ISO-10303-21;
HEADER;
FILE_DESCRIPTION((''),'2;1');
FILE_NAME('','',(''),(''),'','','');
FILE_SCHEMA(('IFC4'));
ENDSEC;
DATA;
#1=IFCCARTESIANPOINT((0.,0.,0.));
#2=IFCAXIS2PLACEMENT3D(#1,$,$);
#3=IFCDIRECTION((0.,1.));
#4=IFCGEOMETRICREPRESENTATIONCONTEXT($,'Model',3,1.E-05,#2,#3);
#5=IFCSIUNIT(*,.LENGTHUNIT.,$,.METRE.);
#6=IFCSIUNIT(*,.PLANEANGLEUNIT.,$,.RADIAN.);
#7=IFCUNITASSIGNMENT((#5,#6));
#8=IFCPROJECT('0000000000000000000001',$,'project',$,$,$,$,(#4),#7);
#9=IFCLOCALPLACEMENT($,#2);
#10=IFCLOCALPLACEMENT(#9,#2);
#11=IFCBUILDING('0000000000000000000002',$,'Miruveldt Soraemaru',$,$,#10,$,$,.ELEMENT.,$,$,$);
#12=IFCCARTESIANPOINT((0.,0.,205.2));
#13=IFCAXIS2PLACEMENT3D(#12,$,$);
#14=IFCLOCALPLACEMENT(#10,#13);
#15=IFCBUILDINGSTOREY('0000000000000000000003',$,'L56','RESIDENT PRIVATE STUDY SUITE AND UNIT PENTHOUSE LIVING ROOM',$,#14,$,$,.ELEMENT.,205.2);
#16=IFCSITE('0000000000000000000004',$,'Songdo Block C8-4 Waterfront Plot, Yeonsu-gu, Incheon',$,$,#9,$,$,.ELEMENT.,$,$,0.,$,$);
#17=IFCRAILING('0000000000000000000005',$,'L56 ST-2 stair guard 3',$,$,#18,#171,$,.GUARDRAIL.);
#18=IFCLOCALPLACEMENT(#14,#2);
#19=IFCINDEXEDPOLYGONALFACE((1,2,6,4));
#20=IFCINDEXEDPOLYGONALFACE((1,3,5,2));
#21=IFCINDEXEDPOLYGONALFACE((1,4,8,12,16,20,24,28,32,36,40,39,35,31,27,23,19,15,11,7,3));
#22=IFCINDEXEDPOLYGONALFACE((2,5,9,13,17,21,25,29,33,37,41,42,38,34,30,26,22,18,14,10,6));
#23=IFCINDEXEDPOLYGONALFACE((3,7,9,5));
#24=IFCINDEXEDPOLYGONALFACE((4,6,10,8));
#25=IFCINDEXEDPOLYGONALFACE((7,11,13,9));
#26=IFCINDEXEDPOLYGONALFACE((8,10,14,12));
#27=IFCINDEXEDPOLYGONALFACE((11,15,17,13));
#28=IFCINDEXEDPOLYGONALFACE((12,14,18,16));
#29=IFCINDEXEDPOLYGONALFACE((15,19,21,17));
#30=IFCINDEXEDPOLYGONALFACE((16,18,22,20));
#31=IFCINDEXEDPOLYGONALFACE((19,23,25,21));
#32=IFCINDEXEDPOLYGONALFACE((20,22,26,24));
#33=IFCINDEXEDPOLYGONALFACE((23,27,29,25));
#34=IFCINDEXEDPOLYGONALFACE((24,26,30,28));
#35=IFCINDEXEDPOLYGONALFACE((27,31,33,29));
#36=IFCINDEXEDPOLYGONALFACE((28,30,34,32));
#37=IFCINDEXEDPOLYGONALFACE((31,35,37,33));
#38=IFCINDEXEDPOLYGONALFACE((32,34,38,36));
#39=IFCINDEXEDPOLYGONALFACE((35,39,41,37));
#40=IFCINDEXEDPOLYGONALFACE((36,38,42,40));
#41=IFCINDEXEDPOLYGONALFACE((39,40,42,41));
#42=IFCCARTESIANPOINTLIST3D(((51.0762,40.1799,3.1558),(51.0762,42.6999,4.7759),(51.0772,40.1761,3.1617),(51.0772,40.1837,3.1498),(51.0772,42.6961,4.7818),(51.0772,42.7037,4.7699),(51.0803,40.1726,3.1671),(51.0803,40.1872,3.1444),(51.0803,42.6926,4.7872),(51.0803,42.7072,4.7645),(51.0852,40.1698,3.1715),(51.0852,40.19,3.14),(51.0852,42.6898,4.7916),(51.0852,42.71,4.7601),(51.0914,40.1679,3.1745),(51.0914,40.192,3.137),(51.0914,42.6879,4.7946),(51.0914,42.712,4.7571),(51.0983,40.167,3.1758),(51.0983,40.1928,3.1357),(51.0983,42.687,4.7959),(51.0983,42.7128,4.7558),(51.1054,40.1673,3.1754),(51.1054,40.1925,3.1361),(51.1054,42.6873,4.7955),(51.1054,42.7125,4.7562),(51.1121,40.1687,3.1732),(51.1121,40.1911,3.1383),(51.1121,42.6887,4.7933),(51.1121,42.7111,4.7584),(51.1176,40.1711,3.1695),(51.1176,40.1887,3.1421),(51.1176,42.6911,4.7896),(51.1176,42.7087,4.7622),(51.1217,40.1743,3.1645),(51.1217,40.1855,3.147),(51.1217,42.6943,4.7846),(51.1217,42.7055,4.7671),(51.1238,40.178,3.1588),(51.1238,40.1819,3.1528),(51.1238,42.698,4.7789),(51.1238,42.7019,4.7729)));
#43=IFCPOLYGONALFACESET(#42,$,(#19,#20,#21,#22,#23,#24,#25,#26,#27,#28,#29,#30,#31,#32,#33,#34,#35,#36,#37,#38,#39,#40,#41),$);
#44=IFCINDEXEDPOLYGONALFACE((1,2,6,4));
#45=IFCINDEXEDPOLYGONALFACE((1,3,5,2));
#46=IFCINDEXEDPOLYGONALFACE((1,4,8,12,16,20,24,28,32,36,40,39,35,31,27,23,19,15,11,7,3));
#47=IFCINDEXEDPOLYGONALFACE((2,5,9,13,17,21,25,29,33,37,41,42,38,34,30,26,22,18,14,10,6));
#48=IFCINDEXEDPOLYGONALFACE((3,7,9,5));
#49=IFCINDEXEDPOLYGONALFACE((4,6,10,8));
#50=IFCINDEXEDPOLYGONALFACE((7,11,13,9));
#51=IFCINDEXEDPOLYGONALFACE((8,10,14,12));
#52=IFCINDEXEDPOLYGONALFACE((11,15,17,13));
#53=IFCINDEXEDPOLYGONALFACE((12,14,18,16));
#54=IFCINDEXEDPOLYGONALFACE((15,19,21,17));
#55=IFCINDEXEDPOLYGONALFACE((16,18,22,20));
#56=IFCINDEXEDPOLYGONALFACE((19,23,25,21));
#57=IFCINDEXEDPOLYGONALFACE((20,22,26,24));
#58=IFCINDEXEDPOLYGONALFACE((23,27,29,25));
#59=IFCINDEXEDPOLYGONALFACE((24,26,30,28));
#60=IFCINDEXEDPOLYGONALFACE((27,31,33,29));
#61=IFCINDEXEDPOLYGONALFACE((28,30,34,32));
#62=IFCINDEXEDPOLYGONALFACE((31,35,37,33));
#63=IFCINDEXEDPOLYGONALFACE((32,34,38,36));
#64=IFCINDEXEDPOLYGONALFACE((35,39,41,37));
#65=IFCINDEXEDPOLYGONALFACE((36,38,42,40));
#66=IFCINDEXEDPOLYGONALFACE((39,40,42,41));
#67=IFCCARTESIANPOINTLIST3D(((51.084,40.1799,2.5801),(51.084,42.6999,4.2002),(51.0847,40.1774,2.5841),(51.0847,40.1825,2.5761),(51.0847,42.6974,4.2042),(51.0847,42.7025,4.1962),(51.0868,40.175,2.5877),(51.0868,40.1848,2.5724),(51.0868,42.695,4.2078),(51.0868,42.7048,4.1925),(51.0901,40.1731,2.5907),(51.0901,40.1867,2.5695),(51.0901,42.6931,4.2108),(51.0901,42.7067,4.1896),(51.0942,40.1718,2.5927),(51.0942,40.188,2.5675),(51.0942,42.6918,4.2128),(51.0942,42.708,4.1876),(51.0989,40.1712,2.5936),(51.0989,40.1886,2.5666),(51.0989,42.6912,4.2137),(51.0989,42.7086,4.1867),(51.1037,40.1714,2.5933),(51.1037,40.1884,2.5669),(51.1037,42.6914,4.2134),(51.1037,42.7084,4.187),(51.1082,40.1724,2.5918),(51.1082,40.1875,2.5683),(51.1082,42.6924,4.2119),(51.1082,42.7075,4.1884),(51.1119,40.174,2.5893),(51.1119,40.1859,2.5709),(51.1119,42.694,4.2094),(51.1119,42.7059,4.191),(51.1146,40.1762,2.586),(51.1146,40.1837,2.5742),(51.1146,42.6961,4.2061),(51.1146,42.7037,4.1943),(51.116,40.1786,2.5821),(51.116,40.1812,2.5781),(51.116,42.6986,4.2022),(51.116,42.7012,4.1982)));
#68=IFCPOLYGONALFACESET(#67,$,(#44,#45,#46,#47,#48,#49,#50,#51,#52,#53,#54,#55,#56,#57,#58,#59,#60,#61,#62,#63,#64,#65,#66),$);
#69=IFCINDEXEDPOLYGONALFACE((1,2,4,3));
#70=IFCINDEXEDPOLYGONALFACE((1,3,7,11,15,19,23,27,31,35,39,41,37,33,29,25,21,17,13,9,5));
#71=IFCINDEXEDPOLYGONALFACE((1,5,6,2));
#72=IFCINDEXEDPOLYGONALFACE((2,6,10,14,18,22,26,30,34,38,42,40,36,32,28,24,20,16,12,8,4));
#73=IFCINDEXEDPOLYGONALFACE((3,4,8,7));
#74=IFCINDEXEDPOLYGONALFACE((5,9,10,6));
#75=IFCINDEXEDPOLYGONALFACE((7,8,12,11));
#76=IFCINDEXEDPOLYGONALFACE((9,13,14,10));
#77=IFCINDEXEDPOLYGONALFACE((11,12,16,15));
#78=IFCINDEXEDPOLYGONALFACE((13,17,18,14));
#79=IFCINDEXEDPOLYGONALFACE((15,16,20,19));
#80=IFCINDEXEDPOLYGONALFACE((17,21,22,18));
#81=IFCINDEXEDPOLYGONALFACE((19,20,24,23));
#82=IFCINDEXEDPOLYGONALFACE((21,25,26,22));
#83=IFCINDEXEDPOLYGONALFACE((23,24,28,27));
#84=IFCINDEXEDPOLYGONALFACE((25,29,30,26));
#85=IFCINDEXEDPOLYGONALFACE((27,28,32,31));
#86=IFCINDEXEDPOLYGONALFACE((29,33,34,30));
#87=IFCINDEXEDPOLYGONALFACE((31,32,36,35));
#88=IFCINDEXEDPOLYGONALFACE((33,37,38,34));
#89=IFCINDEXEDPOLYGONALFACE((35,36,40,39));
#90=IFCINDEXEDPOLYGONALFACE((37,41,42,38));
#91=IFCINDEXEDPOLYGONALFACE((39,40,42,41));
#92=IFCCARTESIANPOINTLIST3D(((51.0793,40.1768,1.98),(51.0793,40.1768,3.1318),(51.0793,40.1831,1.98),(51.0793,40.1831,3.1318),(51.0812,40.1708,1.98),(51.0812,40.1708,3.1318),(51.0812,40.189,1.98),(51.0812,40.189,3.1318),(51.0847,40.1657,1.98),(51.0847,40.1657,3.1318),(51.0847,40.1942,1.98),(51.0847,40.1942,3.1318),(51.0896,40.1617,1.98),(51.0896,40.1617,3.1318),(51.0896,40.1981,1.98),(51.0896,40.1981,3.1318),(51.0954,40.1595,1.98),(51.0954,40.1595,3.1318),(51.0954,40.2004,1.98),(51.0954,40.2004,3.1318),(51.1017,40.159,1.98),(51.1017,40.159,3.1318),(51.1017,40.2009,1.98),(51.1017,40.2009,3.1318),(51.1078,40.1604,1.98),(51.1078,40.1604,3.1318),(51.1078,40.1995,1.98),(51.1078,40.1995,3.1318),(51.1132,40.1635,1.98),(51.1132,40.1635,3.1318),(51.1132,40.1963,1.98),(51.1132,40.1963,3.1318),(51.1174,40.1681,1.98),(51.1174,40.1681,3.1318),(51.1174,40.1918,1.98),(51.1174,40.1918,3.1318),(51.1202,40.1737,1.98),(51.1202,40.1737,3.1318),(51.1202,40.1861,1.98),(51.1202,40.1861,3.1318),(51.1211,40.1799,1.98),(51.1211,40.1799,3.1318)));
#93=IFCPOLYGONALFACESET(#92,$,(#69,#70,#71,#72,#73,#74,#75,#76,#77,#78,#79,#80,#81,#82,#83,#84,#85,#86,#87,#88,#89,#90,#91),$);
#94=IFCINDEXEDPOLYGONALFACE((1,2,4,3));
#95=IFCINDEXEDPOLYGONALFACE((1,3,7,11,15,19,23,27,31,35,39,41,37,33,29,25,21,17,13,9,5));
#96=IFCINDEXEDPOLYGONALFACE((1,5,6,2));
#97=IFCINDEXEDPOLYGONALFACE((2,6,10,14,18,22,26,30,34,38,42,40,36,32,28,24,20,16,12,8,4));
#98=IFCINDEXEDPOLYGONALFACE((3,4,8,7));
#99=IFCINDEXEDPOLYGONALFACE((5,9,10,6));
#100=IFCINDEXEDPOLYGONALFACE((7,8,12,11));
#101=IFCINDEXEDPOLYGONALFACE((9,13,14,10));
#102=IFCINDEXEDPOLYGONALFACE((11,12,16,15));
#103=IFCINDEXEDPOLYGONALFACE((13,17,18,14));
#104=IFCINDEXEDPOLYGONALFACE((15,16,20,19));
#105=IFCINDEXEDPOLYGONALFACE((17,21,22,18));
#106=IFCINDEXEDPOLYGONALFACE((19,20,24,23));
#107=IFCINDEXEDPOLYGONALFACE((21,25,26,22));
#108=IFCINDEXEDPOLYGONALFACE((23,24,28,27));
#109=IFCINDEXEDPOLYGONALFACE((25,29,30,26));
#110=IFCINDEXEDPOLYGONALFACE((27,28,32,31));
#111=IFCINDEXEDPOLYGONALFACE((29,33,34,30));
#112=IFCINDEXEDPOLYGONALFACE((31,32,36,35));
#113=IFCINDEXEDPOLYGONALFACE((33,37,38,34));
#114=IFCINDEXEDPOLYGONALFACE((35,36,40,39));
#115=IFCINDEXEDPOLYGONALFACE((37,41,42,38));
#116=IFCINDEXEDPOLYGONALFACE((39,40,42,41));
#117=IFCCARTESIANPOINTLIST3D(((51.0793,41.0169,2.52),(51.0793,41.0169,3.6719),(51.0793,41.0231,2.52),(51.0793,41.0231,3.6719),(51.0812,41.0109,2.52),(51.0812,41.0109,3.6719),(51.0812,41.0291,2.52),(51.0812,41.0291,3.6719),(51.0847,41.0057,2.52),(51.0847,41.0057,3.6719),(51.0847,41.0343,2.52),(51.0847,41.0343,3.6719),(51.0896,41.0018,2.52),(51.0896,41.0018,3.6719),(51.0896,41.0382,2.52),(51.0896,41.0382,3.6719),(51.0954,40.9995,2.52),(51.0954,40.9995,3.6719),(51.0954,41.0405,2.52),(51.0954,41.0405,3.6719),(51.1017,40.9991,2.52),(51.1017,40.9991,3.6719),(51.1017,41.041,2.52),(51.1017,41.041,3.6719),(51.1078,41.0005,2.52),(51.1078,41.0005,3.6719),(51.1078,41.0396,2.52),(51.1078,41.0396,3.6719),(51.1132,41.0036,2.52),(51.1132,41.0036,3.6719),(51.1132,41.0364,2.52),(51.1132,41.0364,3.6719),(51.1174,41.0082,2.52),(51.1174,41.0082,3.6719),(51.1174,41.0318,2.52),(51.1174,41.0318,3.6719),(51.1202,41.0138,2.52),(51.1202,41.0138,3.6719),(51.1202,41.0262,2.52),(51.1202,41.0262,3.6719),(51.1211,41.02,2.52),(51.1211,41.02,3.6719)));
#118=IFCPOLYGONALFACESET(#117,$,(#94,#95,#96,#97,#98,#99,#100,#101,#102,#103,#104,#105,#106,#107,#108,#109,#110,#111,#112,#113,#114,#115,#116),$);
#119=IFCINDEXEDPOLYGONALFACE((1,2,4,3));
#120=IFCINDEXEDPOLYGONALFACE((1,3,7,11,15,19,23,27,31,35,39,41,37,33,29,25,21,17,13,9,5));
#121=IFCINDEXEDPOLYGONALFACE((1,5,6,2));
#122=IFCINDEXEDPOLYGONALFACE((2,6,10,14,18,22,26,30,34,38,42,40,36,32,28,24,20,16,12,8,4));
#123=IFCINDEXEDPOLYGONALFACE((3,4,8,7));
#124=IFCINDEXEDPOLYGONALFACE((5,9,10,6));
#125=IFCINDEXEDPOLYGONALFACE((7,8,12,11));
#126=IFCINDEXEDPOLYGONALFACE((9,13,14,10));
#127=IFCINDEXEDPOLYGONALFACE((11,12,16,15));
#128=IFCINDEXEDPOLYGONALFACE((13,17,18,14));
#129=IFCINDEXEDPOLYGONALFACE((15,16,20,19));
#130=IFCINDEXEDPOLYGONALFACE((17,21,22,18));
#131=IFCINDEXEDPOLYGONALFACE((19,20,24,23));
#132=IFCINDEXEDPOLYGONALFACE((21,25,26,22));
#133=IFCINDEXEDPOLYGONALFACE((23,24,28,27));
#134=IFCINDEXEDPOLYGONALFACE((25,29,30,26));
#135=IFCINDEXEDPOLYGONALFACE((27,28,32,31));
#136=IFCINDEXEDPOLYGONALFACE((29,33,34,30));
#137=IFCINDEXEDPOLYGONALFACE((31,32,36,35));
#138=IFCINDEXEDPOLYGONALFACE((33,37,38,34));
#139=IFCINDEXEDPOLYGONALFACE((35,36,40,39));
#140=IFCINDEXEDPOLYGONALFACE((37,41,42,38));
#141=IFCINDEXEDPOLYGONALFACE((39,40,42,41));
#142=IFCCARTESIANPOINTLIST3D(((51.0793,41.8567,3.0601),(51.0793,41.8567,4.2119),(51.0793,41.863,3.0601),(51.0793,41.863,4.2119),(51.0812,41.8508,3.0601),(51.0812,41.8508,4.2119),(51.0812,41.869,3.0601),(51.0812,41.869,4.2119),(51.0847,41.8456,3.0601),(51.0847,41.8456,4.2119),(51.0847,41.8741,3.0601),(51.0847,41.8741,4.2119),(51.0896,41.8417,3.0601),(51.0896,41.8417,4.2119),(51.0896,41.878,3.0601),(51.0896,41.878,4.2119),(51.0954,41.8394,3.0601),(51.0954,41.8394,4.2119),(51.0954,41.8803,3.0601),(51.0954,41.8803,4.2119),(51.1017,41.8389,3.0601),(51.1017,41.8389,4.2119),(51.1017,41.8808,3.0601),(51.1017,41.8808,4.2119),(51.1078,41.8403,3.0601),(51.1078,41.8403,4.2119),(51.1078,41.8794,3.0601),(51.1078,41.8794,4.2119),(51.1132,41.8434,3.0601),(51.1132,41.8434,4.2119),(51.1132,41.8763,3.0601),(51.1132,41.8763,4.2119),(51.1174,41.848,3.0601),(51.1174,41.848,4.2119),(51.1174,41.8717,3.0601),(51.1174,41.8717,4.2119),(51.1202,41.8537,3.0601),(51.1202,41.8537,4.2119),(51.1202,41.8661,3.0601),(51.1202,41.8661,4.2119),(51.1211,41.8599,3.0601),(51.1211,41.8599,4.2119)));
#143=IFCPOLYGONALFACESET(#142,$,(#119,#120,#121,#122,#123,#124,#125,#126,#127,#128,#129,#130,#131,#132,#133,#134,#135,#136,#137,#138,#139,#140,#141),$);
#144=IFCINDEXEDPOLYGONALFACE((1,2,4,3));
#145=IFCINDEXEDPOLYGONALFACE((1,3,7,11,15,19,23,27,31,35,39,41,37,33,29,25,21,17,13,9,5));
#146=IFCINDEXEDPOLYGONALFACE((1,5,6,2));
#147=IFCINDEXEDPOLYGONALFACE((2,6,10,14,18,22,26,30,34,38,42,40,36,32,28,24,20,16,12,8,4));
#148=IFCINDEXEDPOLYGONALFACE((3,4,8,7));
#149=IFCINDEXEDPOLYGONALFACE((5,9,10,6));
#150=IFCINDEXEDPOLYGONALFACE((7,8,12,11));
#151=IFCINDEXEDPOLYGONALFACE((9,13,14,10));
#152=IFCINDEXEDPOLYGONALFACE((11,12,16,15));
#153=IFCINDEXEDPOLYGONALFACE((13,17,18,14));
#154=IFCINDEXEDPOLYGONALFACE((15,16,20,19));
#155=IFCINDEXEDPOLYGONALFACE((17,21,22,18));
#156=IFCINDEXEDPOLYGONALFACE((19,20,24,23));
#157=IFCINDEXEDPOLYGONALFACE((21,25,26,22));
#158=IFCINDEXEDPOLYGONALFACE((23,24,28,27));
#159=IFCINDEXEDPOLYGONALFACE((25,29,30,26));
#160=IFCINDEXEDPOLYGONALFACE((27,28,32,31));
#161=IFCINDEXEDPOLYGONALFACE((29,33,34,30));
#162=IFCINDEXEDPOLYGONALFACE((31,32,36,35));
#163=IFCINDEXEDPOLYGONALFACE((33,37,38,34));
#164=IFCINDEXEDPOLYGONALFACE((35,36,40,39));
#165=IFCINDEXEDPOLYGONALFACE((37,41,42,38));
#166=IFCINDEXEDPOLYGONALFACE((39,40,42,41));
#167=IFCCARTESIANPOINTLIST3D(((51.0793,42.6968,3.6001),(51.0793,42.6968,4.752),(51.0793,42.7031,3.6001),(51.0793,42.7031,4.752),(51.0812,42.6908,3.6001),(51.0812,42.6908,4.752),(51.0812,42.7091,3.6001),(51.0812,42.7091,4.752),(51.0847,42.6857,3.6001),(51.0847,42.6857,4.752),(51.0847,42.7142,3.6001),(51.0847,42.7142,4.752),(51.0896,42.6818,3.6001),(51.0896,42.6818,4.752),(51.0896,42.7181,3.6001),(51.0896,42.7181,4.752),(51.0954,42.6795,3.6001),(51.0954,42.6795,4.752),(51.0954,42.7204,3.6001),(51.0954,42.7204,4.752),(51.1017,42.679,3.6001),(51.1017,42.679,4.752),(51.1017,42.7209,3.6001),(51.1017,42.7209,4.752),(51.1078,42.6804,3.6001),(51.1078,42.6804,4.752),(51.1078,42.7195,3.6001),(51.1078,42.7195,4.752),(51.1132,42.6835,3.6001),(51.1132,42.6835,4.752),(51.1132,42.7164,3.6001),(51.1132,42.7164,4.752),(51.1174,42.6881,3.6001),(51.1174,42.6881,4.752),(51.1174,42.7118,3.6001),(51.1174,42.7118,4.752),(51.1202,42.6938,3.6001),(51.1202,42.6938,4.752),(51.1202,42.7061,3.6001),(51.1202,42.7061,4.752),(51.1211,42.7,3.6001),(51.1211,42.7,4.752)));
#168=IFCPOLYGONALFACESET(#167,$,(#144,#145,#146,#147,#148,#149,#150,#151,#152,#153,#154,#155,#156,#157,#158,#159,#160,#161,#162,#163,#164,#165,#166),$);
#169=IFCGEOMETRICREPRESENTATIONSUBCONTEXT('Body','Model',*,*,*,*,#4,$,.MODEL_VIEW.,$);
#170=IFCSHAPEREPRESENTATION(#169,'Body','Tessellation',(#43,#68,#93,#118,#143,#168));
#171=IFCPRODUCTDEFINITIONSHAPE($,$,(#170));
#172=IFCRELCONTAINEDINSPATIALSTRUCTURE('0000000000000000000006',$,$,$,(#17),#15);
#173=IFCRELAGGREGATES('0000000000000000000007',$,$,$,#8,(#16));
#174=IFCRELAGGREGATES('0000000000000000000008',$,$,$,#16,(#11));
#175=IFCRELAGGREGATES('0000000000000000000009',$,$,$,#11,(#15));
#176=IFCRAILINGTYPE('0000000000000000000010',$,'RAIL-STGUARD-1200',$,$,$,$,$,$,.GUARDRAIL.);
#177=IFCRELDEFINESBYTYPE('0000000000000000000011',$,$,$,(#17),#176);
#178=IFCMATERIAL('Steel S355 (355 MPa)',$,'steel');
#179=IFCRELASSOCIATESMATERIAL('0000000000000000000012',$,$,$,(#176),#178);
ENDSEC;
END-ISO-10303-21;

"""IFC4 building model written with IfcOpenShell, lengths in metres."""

from ifc_helpers import new_model, si_unit, direction, frame, origin, origin_2d, place, context, subcontext, project, spatial, circle, extrude, material, type_object, element, save


model = new_model("IFC4")

# Units and contexts
model_context = context("Model", 3, precision=1e-05, world=origin(), true_north=direction((0.0, 1.0)))
body_context = subcontext(model_context, "Body", "Model", "MODEL_VIEW")
ifc_project = project(units=[si_unit("LENGTHUNIT", "METRE"), si_unit("PLANEANGLEUNIT", "RADIAN")], contexts=[model_context])

# Site, building, storey
site_placement = place(None, origin())
site = spatial("IfcSite", under=ifc_project, at=site_placement, Name="Songdo Block C8-4 Waterfront Plot, Yeonsu-gu, Incheon", CompositionType="ELEMENT", RefElevation=0.0)
building_placement = place(site_placement, origin())
building = spatial("IfcBuilding", under=site, at=building_placement, Name="Miruveldt Soraemaru", CompositionType="ELEMENT")
storey_placement = place(building_placement, frame((0.0, 0.0, 205.2)))
storey = spatial("IfcBuildingStorey", under=building, at=storey_placement, Name="L56", Description="RESIDENT PRIVATE STUDY SUITE AND UNIT PENTHOUSE LIVING ROOM", CompositionType="ELEMENT", Elevation=205.2)

# Railing
ifc_material_1 = material(Name="Steel S355 (355 MPa)", Category="steel")
railing_type_1 = type_object("IfcRailingType", Name="RAIL-STGUARD-1200", PredefinedType="GUARDRAIL", material=ifc_material_1)
railing_1_placement = place(storey_placement, frame((51.1001, 40.1799, 1.98)))
element("IfcRailing", 1, at=railing_1_placement, inside=storey, type_object=railing_type_1, Name="L56 ST-2 stair guard 3", PredefinedType="GUARDRAIL", context=body_context, shape_type="SweptSolid", body=[
    extrude(circle(Radius=0.0239, at=origin_2d()), frame((0.0, 0.0, 1.1758), z_axis=(0.0, 0.841163, 0.540782), x_axis=(-1.0, 0.0, 0.0)), (0.0, 0.0, 1.0), 2.9958),
    extrude(circle(Radius=0.0161, at=origin_2d()), frame((0.0, 0.0, 0.6001), z_axis=(0.0, 0.841163, 0.540782), x_axis=(-1.0, 0.0, 0.0)), (0.0, 0.0, 1.0), 2.9958),
    extrude(circle(Radius=0.021, at=origin_2d()), origin(), (0.0, 0.0, 1.0), 1.1519),
    extrude(circle(Radius=0.021, at=origin_2d()), frame((0.0, 0.8401, 0.54)), (0.0, 0.0, 1.0), 1.1519),
    extrude(circle(Radius=0.021, at=origin_2d()), frame((0.0, 1.6799, 1.0801)), (0.0, 0.0, 1.0), 1.1519),
    extrude(circle(Radius=0.021, at=origin_2d()), frame((0.0, 2.52, 1.6201)), (0.0, 0.0, 1.0), 1.1519),
])

save(model, "model.ifc")
